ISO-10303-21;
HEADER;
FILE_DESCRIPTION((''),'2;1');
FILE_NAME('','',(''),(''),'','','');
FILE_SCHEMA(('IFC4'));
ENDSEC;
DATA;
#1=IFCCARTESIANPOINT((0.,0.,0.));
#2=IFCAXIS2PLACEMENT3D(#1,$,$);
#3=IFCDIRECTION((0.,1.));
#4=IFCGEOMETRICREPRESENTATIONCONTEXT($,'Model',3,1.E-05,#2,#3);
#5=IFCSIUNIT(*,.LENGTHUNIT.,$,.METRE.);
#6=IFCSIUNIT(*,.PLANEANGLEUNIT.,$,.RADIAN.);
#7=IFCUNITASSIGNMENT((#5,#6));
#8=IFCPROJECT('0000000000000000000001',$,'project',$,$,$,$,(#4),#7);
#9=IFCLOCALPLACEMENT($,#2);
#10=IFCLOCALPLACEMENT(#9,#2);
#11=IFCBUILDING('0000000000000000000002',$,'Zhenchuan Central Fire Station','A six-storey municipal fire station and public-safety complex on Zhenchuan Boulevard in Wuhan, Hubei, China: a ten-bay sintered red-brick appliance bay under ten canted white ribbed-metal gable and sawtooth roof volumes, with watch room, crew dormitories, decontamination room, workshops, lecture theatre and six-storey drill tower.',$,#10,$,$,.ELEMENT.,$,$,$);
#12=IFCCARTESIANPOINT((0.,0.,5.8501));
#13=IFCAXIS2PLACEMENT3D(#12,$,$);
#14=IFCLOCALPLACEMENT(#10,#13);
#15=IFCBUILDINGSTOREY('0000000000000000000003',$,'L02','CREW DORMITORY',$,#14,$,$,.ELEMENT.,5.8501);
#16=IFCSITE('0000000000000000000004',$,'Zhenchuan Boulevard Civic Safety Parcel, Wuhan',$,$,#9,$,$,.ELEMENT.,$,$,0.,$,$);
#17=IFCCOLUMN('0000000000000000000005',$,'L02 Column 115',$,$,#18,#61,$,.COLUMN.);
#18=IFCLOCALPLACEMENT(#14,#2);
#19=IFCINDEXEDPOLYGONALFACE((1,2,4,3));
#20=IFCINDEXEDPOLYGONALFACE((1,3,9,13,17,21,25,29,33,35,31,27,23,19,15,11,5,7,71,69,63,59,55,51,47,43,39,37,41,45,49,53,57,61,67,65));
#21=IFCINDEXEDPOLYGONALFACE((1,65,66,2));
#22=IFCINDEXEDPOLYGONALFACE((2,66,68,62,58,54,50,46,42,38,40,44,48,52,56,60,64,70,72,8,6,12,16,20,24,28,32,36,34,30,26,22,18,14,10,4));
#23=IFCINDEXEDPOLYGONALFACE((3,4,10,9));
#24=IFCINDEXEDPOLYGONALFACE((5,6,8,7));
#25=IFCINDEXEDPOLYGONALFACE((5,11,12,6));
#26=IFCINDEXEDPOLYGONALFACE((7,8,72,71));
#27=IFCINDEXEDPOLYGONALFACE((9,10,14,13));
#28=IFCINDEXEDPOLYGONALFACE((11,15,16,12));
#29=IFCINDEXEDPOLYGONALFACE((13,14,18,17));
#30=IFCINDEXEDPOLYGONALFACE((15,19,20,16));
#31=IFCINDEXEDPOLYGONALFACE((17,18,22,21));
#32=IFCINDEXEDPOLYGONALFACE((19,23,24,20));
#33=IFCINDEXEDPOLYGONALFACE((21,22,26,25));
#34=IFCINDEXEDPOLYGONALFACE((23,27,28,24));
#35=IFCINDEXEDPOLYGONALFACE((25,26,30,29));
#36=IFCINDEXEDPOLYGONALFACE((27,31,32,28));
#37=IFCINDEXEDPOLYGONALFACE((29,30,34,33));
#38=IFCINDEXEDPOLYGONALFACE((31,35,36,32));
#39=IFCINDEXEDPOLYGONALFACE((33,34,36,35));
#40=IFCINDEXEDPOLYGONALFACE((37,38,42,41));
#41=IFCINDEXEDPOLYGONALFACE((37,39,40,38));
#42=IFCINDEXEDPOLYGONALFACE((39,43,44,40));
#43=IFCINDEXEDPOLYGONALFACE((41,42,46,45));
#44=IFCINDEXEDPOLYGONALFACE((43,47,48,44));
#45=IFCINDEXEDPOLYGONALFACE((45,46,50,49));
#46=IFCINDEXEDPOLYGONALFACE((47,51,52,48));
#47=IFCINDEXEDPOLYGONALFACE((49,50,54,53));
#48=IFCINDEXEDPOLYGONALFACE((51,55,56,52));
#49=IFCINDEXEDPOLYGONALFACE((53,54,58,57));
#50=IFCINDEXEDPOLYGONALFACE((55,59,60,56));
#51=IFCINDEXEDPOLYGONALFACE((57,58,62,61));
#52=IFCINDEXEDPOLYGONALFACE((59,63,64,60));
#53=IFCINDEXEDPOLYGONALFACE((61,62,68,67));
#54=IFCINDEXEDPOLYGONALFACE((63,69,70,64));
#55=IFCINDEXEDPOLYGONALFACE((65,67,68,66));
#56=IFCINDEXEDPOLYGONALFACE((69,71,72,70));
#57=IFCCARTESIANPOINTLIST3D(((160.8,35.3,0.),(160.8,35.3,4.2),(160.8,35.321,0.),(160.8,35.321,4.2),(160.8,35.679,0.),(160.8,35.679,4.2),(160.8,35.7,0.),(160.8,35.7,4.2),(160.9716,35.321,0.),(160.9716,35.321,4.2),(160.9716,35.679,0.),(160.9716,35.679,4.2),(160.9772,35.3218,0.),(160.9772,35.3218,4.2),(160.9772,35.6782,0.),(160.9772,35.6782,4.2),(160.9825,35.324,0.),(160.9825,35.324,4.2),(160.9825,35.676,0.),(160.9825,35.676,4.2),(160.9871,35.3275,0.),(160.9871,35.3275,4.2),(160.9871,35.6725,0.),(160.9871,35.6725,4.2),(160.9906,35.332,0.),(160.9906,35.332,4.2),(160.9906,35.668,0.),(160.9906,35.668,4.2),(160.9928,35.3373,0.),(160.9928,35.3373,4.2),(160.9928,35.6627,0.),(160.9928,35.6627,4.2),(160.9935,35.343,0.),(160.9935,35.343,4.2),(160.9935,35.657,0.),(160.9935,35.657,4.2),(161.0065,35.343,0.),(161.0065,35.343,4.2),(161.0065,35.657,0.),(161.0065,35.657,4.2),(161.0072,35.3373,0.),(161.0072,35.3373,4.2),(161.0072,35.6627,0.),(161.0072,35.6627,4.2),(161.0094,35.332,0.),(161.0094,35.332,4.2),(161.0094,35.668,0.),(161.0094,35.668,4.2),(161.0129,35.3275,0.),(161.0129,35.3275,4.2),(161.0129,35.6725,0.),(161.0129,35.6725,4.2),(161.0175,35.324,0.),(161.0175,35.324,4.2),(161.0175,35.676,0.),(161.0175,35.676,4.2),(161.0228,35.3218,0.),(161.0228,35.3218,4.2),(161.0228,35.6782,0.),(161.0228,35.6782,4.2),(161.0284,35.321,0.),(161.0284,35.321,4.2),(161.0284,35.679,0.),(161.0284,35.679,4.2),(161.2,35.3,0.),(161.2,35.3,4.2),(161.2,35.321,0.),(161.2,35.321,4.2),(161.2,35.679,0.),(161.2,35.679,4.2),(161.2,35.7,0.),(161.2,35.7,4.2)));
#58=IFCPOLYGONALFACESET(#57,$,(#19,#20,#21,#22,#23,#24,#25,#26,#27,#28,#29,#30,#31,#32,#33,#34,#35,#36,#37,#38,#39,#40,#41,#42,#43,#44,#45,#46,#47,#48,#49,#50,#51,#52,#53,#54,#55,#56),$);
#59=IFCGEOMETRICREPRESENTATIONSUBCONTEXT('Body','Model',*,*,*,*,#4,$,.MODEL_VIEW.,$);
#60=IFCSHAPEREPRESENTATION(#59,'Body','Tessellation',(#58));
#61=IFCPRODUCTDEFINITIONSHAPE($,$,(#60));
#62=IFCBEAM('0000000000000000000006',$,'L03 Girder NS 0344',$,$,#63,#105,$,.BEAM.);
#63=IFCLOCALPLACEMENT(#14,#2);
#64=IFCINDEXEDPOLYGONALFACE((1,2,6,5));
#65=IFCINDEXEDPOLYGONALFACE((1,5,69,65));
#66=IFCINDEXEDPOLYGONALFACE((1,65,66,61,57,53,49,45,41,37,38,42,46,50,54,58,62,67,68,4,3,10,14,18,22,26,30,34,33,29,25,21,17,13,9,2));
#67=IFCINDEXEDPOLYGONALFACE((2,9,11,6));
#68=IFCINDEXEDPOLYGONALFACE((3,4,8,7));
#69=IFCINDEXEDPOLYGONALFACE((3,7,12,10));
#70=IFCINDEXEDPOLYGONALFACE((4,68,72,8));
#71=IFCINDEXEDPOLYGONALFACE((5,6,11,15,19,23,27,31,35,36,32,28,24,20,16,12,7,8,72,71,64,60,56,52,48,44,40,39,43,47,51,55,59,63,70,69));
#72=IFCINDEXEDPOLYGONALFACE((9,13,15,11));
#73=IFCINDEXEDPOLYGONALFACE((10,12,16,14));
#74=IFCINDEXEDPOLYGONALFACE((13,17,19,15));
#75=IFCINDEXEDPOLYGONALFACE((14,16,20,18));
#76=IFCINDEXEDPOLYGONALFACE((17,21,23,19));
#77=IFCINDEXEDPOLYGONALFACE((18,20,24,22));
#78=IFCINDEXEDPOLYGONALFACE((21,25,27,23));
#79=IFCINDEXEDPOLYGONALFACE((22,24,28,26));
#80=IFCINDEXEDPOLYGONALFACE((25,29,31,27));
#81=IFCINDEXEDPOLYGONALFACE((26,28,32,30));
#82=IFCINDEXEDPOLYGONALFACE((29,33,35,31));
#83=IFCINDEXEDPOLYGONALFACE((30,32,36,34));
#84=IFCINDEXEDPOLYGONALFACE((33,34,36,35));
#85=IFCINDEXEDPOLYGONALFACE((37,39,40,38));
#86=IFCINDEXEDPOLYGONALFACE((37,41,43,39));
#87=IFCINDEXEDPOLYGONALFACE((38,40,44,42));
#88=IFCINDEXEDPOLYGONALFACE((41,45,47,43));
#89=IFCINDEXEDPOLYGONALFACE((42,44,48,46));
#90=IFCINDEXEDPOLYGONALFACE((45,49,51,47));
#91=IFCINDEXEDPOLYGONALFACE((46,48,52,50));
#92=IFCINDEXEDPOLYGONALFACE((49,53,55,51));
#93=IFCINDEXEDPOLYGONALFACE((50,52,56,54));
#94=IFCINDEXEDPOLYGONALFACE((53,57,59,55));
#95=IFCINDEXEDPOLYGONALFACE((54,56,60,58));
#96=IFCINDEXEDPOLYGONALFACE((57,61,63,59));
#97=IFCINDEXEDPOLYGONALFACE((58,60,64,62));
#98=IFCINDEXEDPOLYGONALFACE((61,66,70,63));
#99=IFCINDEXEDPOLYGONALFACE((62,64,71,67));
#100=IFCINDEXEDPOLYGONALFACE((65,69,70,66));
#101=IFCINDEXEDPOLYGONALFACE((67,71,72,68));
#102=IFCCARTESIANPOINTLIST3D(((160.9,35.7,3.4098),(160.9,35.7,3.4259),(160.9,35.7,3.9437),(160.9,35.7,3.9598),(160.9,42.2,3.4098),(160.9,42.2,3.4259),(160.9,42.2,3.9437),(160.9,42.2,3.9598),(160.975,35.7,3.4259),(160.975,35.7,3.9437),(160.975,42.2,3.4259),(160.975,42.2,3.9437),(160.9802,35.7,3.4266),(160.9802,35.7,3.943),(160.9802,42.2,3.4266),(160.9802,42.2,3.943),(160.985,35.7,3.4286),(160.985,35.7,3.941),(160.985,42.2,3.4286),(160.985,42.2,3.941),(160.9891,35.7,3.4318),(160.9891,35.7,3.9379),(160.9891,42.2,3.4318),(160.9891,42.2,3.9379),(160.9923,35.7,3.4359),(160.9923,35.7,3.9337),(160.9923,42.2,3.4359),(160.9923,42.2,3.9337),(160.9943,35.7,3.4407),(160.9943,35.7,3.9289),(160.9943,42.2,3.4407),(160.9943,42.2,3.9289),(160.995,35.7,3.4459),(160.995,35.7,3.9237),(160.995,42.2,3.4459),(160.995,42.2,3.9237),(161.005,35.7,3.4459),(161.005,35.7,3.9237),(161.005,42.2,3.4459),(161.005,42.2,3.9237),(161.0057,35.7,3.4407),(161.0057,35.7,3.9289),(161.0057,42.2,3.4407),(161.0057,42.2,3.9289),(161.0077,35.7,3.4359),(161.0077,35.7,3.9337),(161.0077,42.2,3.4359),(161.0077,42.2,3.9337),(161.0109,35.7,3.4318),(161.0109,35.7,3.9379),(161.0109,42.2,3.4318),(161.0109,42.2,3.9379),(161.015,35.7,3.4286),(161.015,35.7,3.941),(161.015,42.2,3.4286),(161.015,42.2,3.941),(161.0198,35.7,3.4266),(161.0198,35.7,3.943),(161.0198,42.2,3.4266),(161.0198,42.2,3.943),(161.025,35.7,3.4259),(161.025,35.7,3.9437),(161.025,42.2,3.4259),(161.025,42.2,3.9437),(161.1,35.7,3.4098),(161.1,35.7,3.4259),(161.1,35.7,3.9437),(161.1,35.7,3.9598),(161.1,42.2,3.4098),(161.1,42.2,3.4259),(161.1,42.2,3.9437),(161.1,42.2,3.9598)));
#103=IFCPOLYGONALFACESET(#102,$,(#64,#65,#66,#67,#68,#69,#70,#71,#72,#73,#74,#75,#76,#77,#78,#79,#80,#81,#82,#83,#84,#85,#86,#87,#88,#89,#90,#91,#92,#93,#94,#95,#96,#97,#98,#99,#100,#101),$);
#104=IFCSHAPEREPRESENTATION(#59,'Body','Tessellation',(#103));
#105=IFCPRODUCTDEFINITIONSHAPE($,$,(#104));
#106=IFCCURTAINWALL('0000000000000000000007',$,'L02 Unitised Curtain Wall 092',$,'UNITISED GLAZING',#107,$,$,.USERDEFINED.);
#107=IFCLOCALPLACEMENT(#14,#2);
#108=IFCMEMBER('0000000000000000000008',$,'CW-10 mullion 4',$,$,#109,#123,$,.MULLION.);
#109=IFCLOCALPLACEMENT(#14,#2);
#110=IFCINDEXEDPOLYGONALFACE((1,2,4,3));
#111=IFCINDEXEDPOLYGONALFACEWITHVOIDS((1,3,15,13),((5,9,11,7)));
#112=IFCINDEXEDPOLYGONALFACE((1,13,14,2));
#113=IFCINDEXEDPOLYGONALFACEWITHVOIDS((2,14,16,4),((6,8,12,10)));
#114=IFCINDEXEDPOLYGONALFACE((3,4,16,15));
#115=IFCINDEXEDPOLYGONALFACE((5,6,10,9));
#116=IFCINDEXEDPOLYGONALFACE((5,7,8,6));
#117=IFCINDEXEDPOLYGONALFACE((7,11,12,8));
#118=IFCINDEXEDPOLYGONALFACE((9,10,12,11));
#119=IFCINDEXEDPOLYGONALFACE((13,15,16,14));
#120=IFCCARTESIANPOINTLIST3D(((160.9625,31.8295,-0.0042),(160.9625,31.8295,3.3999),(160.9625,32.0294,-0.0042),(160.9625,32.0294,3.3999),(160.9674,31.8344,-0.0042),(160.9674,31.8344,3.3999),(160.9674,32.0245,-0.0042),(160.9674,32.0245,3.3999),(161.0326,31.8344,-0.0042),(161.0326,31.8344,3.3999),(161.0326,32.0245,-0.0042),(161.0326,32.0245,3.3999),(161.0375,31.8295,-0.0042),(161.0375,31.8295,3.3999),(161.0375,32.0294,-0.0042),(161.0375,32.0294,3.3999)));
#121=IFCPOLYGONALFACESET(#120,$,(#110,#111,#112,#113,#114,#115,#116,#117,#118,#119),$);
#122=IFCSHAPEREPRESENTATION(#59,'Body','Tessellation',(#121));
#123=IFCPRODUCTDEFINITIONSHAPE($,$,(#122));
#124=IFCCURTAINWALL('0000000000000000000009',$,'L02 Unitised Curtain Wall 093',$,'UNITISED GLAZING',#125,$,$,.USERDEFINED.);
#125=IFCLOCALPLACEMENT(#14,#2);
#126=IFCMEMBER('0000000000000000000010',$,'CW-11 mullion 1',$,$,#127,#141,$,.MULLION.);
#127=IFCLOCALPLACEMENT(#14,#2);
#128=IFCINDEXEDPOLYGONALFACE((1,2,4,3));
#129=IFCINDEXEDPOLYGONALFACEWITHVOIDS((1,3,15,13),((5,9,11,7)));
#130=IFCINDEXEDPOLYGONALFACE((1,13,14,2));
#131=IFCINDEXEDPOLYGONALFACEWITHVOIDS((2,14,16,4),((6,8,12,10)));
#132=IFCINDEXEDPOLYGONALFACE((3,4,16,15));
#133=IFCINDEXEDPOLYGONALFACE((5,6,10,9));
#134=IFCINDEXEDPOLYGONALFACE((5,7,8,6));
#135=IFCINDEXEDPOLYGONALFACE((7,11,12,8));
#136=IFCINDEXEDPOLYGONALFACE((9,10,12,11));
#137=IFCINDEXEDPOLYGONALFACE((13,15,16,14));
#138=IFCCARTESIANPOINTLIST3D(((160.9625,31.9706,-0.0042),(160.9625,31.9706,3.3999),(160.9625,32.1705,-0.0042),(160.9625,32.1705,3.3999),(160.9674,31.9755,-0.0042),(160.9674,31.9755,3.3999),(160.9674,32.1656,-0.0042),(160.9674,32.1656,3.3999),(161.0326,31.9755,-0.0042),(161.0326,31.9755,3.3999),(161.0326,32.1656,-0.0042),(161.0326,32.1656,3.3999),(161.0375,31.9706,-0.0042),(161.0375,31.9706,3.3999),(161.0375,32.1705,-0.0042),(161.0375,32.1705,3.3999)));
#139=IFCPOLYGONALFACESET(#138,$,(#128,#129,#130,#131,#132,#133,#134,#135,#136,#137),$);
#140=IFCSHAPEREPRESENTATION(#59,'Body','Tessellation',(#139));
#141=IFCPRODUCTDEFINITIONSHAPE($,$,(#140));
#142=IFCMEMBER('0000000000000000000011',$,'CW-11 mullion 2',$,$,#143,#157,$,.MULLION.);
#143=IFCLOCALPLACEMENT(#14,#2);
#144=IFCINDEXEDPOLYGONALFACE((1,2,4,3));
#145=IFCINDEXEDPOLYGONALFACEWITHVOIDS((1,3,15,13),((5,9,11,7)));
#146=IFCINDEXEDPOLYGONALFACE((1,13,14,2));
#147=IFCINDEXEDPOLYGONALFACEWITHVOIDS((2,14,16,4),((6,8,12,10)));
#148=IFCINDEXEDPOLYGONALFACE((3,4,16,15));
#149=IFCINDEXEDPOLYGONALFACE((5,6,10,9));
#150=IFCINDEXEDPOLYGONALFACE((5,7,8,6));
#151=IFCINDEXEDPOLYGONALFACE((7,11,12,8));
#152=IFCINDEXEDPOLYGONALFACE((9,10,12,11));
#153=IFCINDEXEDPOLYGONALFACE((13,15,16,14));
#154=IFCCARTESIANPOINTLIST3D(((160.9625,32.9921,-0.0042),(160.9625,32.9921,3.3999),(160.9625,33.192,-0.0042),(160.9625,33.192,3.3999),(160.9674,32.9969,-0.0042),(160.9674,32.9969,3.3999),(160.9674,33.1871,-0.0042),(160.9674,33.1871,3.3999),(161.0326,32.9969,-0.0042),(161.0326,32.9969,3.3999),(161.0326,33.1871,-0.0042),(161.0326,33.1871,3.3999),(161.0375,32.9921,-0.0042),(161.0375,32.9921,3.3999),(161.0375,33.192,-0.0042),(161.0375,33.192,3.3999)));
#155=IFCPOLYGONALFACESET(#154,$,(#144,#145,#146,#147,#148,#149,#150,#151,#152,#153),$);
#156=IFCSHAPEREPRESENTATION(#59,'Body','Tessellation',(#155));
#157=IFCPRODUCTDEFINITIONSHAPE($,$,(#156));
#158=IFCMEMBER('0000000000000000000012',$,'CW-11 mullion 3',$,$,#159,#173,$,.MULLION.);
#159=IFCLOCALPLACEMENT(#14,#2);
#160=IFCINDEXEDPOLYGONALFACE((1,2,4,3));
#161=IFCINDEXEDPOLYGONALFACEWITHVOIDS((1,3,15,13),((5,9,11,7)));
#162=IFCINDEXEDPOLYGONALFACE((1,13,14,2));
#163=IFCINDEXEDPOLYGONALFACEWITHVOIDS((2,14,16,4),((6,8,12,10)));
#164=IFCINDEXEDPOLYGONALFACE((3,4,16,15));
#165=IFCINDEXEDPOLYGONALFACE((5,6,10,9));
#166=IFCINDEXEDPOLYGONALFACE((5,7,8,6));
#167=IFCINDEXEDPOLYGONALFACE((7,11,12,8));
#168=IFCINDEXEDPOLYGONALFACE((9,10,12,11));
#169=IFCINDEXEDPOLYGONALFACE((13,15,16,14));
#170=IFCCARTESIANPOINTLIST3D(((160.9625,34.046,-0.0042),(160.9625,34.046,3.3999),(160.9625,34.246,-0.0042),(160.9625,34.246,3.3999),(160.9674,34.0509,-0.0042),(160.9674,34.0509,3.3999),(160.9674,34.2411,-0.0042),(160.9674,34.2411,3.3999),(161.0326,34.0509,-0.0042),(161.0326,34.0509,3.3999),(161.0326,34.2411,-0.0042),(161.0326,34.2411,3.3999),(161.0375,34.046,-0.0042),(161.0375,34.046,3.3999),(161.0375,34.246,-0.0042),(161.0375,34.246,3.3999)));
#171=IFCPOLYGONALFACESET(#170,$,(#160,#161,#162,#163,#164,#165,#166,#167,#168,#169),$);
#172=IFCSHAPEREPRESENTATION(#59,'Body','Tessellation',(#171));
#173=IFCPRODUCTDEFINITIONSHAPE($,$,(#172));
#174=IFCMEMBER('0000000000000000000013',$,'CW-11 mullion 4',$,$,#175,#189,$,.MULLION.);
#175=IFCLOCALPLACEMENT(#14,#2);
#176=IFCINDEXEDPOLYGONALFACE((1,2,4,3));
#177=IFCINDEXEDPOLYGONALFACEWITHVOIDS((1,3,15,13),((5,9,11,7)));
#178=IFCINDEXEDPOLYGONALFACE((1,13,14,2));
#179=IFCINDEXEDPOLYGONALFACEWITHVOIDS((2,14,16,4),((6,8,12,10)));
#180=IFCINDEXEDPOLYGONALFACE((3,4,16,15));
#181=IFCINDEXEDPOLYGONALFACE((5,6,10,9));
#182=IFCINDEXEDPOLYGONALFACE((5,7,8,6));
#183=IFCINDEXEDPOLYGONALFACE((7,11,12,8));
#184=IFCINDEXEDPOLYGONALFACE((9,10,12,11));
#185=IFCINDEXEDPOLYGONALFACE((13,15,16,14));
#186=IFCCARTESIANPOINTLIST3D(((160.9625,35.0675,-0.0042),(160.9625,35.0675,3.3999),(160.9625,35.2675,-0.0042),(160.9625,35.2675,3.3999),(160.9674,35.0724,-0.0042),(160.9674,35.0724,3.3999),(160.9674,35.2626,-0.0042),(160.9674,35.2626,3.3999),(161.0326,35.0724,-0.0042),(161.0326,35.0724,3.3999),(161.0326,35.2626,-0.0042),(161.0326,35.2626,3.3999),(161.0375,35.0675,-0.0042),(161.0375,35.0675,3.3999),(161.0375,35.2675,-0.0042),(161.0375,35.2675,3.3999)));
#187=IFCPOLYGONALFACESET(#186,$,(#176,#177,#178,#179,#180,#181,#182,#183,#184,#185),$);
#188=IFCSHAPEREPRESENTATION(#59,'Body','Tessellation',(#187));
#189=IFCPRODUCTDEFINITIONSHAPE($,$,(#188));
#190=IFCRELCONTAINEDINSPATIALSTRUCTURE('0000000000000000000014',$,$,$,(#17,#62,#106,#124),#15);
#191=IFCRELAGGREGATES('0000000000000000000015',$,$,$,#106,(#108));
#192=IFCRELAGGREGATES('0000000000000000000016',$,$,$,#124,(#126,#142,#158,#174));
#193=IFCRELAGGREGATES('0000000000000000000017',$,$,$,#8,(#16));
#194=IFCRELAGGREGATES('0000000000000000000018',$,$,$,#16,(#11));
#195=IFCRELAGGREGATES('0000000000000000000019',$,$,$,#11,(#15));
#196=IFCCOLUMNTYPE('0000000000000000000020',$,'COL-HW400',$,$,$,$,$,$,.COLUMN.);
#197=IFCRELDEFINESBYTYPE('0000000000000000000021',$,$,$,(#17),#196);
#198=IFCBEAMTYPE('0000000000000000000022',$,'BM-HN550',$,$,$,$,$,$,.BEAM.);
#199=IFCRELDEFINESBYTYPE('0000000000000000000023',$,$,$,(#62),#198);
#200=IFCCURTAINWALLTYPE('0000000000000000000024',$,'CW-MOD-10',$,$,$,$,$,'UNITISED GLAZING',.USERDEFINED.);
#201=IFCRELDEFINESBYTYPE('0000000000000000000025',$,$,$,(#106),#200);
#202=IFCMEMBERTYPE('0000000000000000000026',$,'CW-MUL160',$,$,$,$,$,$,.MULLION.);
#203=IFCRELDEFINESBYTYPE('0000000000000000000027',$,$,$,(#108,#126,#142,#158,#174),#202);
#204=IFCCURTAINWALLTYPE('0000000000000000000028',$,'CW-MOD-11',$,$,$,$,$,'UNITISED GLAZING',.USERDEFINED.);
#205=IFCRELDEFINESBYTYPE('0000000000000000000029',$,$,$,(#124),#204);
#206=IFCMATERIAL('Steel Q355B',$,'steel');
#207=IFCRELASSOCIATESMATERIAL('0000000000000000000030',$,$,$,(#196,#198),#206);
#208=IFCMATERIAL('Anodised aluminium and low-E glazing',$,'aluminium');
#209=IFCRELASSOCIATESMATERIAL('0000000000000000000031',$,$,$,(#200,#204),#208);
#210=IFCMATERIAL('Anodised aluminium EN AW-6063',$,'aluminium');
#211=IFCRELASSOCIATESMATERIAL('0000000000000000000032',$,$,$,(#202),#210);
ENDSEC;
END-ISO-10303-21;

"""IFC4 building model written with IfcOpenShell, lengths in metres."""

from ifc_helpers import new_model, si_unit, direction, frame, origin, origin_2d, place, context, subcontext, project, spatial, hollow_rectangle, i_section, extrude, material, material_profile, profile_set, type_object, element, aggregate, save


model = new_model("IFC4")

# Units and contexts
model_context = context("Model", 3, precision=1e-05, world=origin(), true_north=direction((0.0, 1.0)))
body_context = subcontext(model_context, "Body", "Model", "MODEL_VIEW")
ifc_project = project(units=[si_unit("LENGTHUNIT", "METRE"), si_unit("PLANEANGLEUNIT", "RADIAN")], contexts=[model_context])

# Site, building, storey
site_placement = place(None, origin())
site = spatial("IfcSite", under=ifc_project, at=site_placement, Name="Zhenchuan Boulevard Civic Safety Parcel, Wuhan", CompositionType="ELEMENT", RefElevation=0.0)
building_placement = place(site_placement, origin())
building = spatial("IfcBuilding", under=site, at=building_placement, Name="Zhenchuan Central Fire Station", Description="A six-storey municipal fire station and public-safety complex on Zhenchuan Boulevard in Wuhan, Hubei, China: a ten-bay sintered red-brick appliance bay under ten canted white ribbed-metal gable and sawtooth roof volumes, with watch room, crew dormitories, decontamination room, workshops, lecture theatre and six-storey drill tower.", CompositionType="ELEMENT")
storey_placement = place(building_placement, frame((0.0, 0.0, 5.8501)))
storey = spatial("IfcBuildingStorey", under=building, at=storey_placement, Name="L02", Description="CREW DORMITORY", CompositionType="ELEMENT", Elevation=5.8501)

# Column
ifc_material_1 = material(Name="Steel Q355B", Category="steel")
ifc_material_profile_1 = material_profile(ifc_material_1, i_section(OverallWidth=0.3999, OverallDepth=0.3999, WebThickness=0.0129, FlangeThickness=0.021, FilletRadius=0.022, at=origin_2d()), Name="HW 400x400")
ifc_profile_set_1 = profile_set([ifc_material_profile_1], Name="Steel Q355B")
column_type = type_object("IfcColumnType", Name="COL-HW400", PredefinedType="COLUMN", material=ifc_profile_set_1)
column_placement = place(storey_placement, frame((161.0, 35.5, 0.0), z_axis=(0.0, 0.0, 1.0), x_axis=(1.0, 0.0, 0.0)))
element("IfcColumn", 1, at=column_placement, inside=storey, type_object=column_type, Name="L02 Column 115", PredefinedType="COLUMN", context=body_context, shape_type="SweptSolid", body=[
    extrude(i_section(OverallWidth=0.3999, OverallDepth=0.3999, WebThickness=0.0129, FlangeThickness=0.021, FilletRadius=0.022, at=origin_2d()), origin(), (0.0, 0.0, 1.0), 4.2),
])

# Beam
ifc_material_profile_2 = material_profile(ifc_material_1, i_section(OverallWidth=0.2, OverallDepth=0.55, WebThickness=0.01, FlangeThickness=0.0161, FilletRadius=0.02, at=origin_2d()), Name="HN 550x200")
ifc_profile_set_2 = profile_set([ifc_material_profile_2], Name="Steel Q355B")
beam_type = type_object("IfcBeamType", Name="BM-HN550", PredefinedType="BEAM", material=ifc_profile_set_2)
beam_placement = place(storey_placement, frame((161.0, 35.7, 3.6848), z_axis=(0.0, 1.0, 0.0), x_axis=(-1.0, 0.0, 0.0)))
element("IfcBeam", 2, at=beam_placement, inside=storey, type_object=beam_type, Name="L03 Girder NS 0344", PredefinedType="BEAM", context=body_context, shape_type="SweptSolid", body=[
    extrude(i_section(OverallWidth=0.2, OverallDepth=0.55, WebThickness=0.01, FlangeThickness=0.0161, FilletRadius=0.02, at=origin_2d()), origin(), (0.0, 0.0, 1.0), 6.5),
])

# Curtain wall, member
ifc_material_2 = material(Name="Anodised aluminium and low-E glazing", Category="aluminium")
curtain_wall_type_1 = type_object("IfcCurtainWallType", Name="CW-MOD-10", ElementType="UNITISED GLAZING", PredefinedType="USERDEFINED", material=ifc_material_2)
curtain_wall_1_placement = place(storey_placement, origin())
curtain_wall_1 = element("IfcCurtainWall", 3, at=curtain_wall_1_placement, inside=storey, type_object=curtain_wall_type_1, Name="L02 Unitised Curtain Wall 092", ObjectType="UNITISED GLAZING", PredefinedType="USERDEFINED")
ifc_material_3 = material(Name="Anodised aluminium EN AW-6063", Category="aluminium")
ifc_material_profile_3 = material_profile(ifc_material_3, hollow_rectangle(XDim=0.075, YDim=0.2, WallThickness=0.0049, at=origin_2d()), Name="ALU-M 200x75")
ifc_profile_set_3 = profile_set([ifc_material_profile_3], Name="Anodised aluminium EN AW-6063")
member_type_1 = type_object("IfcMemberType", Name="CW-MUL160", PredefinedType="MULLION", material=ifc_profile_set_3)
member_1_placement = place(storey_placement, frame((161.0, 31.9294, -0.0042), z_axis=(0.0, 0.0, 1.0), x_axis=(-1.0, 0.0, 0.0)))
member_1 = element("IfcMember", 4, at=member_1_placement, type_object=member_type_1, Name="CW-10 mullion 4", PredefinedType="MULLION", context=body_context, shape_type="SweptSolid", body=[
    extrude(hollow_rectangle(XDim=0.075, YDim=0.2, WallThickness=0.0049, at=origin_2d()), origin(), (0.0, 0.0, 1.0), 3.4041),
])

# Curtain wall, members
curtain_wall_type_2 = type_object("IfcCurtainWallType", Name="CW-MOD-11", ElementType="UNITISED GLAZING", PredefinedType="USERDEFINED", material=ifc_material_2)
curtain_wall_2_placement = place(storey_placement, origin())
curtain_wall_2 = element("IfcCurtainWall", 5, at=curtain_wall_2_placement, inside=storey, type_object=curtain_wall_type_2, Name="L02 Unitised Curtain Wall 093", ObjectType="UNITISED GLAZING", PredefinedType="USERDEFINED")
member_2_placement = place(storey_placement, frame((161.0, 32.0706, -0.0042), z_axis=(0.0, 0.0, 1.0), x_axis=(-1.0, 0.0, 0.0)))
member_2 = element("IfcMember", 6, at=member_2_placement, type_object=member_type_1, Name="CW-11 mullion 1", PredefinedType="MULLION", context=body_context, shape_type="SweptSolid", body=[
    extrude(hollow_rectangle(XDim=0.075, YDim=0.2, WallThickness=0.0049, at=origin_2d()), origin(), (0.0, 0.0, 1.0), 3.4041),
])
member_3_placement = place(storey_placement, frame((161.0, 33.092, -0.0042), z_axis=(0.0, 0.0, 1.0), x_axis=(-1.0, 0.0, 0.0)))
member_3 = element("IfcMember", 7, at=member_3_placement, type_object=member_type_1, Name="CW-11 mullion 2", PredefinedType="MULLION", context=body_context, shape_type="SweptSolid", body=[
    extrude(hollow_rectangle(XDim=0.075, YDim=0.2, WallThickness=0.0049, at=origin_2d()), origin(), (0.0, 0.0, 1.0), 3.4041),
])
member_4_placement = place(storey_placement, frame((161.0, 34.146, -0.0042), z_axis=(0.0, 0.0, 1.0), x_axis=(-1.0, 0.0, 0.0)))
member_4 = element("IfcMember", 8, at=member_4_placement, type_object=member_type_1, Name="CW-11 mullion 3", PredefinedType="MULLION", context=body_context, shape_type="SweptSolid", body=[
    extrude(hollow_rectangle(XDim=0.075, YDim=0.2, WallThickness=0.0049, at=origin_2d()), origin(), (0.0, 0.0, 1.0), 3.4041),
])
member_5_placement = place(storey_placement, frame((161.0, 35.1675, -0.0042), z_axis=(0.0, 0.0, 1.0), x_axis=(-1.0, 0.0, 0.0)))
member_5 = element("IfcMember", 9, at=member_5_placement, type_object=member_type_1, Name="CW-11 mullion 4", PredefinedType="MULLION", context=body_context, shape_type="SweptSolid", body=[
    extrude(hollow_rectangle(XDim=0.075, YDim=0.2, WallThickness=0.0049, at=origin_2d()), origin(), (0.0, 0.0, 1.0), 3.4041),
])

aggregate(curtain_wall_1, [member_1])
aggregate(curtain_wall_2, [member_2, member_3, member_4, member_5])

save(model, "model.ifc")
